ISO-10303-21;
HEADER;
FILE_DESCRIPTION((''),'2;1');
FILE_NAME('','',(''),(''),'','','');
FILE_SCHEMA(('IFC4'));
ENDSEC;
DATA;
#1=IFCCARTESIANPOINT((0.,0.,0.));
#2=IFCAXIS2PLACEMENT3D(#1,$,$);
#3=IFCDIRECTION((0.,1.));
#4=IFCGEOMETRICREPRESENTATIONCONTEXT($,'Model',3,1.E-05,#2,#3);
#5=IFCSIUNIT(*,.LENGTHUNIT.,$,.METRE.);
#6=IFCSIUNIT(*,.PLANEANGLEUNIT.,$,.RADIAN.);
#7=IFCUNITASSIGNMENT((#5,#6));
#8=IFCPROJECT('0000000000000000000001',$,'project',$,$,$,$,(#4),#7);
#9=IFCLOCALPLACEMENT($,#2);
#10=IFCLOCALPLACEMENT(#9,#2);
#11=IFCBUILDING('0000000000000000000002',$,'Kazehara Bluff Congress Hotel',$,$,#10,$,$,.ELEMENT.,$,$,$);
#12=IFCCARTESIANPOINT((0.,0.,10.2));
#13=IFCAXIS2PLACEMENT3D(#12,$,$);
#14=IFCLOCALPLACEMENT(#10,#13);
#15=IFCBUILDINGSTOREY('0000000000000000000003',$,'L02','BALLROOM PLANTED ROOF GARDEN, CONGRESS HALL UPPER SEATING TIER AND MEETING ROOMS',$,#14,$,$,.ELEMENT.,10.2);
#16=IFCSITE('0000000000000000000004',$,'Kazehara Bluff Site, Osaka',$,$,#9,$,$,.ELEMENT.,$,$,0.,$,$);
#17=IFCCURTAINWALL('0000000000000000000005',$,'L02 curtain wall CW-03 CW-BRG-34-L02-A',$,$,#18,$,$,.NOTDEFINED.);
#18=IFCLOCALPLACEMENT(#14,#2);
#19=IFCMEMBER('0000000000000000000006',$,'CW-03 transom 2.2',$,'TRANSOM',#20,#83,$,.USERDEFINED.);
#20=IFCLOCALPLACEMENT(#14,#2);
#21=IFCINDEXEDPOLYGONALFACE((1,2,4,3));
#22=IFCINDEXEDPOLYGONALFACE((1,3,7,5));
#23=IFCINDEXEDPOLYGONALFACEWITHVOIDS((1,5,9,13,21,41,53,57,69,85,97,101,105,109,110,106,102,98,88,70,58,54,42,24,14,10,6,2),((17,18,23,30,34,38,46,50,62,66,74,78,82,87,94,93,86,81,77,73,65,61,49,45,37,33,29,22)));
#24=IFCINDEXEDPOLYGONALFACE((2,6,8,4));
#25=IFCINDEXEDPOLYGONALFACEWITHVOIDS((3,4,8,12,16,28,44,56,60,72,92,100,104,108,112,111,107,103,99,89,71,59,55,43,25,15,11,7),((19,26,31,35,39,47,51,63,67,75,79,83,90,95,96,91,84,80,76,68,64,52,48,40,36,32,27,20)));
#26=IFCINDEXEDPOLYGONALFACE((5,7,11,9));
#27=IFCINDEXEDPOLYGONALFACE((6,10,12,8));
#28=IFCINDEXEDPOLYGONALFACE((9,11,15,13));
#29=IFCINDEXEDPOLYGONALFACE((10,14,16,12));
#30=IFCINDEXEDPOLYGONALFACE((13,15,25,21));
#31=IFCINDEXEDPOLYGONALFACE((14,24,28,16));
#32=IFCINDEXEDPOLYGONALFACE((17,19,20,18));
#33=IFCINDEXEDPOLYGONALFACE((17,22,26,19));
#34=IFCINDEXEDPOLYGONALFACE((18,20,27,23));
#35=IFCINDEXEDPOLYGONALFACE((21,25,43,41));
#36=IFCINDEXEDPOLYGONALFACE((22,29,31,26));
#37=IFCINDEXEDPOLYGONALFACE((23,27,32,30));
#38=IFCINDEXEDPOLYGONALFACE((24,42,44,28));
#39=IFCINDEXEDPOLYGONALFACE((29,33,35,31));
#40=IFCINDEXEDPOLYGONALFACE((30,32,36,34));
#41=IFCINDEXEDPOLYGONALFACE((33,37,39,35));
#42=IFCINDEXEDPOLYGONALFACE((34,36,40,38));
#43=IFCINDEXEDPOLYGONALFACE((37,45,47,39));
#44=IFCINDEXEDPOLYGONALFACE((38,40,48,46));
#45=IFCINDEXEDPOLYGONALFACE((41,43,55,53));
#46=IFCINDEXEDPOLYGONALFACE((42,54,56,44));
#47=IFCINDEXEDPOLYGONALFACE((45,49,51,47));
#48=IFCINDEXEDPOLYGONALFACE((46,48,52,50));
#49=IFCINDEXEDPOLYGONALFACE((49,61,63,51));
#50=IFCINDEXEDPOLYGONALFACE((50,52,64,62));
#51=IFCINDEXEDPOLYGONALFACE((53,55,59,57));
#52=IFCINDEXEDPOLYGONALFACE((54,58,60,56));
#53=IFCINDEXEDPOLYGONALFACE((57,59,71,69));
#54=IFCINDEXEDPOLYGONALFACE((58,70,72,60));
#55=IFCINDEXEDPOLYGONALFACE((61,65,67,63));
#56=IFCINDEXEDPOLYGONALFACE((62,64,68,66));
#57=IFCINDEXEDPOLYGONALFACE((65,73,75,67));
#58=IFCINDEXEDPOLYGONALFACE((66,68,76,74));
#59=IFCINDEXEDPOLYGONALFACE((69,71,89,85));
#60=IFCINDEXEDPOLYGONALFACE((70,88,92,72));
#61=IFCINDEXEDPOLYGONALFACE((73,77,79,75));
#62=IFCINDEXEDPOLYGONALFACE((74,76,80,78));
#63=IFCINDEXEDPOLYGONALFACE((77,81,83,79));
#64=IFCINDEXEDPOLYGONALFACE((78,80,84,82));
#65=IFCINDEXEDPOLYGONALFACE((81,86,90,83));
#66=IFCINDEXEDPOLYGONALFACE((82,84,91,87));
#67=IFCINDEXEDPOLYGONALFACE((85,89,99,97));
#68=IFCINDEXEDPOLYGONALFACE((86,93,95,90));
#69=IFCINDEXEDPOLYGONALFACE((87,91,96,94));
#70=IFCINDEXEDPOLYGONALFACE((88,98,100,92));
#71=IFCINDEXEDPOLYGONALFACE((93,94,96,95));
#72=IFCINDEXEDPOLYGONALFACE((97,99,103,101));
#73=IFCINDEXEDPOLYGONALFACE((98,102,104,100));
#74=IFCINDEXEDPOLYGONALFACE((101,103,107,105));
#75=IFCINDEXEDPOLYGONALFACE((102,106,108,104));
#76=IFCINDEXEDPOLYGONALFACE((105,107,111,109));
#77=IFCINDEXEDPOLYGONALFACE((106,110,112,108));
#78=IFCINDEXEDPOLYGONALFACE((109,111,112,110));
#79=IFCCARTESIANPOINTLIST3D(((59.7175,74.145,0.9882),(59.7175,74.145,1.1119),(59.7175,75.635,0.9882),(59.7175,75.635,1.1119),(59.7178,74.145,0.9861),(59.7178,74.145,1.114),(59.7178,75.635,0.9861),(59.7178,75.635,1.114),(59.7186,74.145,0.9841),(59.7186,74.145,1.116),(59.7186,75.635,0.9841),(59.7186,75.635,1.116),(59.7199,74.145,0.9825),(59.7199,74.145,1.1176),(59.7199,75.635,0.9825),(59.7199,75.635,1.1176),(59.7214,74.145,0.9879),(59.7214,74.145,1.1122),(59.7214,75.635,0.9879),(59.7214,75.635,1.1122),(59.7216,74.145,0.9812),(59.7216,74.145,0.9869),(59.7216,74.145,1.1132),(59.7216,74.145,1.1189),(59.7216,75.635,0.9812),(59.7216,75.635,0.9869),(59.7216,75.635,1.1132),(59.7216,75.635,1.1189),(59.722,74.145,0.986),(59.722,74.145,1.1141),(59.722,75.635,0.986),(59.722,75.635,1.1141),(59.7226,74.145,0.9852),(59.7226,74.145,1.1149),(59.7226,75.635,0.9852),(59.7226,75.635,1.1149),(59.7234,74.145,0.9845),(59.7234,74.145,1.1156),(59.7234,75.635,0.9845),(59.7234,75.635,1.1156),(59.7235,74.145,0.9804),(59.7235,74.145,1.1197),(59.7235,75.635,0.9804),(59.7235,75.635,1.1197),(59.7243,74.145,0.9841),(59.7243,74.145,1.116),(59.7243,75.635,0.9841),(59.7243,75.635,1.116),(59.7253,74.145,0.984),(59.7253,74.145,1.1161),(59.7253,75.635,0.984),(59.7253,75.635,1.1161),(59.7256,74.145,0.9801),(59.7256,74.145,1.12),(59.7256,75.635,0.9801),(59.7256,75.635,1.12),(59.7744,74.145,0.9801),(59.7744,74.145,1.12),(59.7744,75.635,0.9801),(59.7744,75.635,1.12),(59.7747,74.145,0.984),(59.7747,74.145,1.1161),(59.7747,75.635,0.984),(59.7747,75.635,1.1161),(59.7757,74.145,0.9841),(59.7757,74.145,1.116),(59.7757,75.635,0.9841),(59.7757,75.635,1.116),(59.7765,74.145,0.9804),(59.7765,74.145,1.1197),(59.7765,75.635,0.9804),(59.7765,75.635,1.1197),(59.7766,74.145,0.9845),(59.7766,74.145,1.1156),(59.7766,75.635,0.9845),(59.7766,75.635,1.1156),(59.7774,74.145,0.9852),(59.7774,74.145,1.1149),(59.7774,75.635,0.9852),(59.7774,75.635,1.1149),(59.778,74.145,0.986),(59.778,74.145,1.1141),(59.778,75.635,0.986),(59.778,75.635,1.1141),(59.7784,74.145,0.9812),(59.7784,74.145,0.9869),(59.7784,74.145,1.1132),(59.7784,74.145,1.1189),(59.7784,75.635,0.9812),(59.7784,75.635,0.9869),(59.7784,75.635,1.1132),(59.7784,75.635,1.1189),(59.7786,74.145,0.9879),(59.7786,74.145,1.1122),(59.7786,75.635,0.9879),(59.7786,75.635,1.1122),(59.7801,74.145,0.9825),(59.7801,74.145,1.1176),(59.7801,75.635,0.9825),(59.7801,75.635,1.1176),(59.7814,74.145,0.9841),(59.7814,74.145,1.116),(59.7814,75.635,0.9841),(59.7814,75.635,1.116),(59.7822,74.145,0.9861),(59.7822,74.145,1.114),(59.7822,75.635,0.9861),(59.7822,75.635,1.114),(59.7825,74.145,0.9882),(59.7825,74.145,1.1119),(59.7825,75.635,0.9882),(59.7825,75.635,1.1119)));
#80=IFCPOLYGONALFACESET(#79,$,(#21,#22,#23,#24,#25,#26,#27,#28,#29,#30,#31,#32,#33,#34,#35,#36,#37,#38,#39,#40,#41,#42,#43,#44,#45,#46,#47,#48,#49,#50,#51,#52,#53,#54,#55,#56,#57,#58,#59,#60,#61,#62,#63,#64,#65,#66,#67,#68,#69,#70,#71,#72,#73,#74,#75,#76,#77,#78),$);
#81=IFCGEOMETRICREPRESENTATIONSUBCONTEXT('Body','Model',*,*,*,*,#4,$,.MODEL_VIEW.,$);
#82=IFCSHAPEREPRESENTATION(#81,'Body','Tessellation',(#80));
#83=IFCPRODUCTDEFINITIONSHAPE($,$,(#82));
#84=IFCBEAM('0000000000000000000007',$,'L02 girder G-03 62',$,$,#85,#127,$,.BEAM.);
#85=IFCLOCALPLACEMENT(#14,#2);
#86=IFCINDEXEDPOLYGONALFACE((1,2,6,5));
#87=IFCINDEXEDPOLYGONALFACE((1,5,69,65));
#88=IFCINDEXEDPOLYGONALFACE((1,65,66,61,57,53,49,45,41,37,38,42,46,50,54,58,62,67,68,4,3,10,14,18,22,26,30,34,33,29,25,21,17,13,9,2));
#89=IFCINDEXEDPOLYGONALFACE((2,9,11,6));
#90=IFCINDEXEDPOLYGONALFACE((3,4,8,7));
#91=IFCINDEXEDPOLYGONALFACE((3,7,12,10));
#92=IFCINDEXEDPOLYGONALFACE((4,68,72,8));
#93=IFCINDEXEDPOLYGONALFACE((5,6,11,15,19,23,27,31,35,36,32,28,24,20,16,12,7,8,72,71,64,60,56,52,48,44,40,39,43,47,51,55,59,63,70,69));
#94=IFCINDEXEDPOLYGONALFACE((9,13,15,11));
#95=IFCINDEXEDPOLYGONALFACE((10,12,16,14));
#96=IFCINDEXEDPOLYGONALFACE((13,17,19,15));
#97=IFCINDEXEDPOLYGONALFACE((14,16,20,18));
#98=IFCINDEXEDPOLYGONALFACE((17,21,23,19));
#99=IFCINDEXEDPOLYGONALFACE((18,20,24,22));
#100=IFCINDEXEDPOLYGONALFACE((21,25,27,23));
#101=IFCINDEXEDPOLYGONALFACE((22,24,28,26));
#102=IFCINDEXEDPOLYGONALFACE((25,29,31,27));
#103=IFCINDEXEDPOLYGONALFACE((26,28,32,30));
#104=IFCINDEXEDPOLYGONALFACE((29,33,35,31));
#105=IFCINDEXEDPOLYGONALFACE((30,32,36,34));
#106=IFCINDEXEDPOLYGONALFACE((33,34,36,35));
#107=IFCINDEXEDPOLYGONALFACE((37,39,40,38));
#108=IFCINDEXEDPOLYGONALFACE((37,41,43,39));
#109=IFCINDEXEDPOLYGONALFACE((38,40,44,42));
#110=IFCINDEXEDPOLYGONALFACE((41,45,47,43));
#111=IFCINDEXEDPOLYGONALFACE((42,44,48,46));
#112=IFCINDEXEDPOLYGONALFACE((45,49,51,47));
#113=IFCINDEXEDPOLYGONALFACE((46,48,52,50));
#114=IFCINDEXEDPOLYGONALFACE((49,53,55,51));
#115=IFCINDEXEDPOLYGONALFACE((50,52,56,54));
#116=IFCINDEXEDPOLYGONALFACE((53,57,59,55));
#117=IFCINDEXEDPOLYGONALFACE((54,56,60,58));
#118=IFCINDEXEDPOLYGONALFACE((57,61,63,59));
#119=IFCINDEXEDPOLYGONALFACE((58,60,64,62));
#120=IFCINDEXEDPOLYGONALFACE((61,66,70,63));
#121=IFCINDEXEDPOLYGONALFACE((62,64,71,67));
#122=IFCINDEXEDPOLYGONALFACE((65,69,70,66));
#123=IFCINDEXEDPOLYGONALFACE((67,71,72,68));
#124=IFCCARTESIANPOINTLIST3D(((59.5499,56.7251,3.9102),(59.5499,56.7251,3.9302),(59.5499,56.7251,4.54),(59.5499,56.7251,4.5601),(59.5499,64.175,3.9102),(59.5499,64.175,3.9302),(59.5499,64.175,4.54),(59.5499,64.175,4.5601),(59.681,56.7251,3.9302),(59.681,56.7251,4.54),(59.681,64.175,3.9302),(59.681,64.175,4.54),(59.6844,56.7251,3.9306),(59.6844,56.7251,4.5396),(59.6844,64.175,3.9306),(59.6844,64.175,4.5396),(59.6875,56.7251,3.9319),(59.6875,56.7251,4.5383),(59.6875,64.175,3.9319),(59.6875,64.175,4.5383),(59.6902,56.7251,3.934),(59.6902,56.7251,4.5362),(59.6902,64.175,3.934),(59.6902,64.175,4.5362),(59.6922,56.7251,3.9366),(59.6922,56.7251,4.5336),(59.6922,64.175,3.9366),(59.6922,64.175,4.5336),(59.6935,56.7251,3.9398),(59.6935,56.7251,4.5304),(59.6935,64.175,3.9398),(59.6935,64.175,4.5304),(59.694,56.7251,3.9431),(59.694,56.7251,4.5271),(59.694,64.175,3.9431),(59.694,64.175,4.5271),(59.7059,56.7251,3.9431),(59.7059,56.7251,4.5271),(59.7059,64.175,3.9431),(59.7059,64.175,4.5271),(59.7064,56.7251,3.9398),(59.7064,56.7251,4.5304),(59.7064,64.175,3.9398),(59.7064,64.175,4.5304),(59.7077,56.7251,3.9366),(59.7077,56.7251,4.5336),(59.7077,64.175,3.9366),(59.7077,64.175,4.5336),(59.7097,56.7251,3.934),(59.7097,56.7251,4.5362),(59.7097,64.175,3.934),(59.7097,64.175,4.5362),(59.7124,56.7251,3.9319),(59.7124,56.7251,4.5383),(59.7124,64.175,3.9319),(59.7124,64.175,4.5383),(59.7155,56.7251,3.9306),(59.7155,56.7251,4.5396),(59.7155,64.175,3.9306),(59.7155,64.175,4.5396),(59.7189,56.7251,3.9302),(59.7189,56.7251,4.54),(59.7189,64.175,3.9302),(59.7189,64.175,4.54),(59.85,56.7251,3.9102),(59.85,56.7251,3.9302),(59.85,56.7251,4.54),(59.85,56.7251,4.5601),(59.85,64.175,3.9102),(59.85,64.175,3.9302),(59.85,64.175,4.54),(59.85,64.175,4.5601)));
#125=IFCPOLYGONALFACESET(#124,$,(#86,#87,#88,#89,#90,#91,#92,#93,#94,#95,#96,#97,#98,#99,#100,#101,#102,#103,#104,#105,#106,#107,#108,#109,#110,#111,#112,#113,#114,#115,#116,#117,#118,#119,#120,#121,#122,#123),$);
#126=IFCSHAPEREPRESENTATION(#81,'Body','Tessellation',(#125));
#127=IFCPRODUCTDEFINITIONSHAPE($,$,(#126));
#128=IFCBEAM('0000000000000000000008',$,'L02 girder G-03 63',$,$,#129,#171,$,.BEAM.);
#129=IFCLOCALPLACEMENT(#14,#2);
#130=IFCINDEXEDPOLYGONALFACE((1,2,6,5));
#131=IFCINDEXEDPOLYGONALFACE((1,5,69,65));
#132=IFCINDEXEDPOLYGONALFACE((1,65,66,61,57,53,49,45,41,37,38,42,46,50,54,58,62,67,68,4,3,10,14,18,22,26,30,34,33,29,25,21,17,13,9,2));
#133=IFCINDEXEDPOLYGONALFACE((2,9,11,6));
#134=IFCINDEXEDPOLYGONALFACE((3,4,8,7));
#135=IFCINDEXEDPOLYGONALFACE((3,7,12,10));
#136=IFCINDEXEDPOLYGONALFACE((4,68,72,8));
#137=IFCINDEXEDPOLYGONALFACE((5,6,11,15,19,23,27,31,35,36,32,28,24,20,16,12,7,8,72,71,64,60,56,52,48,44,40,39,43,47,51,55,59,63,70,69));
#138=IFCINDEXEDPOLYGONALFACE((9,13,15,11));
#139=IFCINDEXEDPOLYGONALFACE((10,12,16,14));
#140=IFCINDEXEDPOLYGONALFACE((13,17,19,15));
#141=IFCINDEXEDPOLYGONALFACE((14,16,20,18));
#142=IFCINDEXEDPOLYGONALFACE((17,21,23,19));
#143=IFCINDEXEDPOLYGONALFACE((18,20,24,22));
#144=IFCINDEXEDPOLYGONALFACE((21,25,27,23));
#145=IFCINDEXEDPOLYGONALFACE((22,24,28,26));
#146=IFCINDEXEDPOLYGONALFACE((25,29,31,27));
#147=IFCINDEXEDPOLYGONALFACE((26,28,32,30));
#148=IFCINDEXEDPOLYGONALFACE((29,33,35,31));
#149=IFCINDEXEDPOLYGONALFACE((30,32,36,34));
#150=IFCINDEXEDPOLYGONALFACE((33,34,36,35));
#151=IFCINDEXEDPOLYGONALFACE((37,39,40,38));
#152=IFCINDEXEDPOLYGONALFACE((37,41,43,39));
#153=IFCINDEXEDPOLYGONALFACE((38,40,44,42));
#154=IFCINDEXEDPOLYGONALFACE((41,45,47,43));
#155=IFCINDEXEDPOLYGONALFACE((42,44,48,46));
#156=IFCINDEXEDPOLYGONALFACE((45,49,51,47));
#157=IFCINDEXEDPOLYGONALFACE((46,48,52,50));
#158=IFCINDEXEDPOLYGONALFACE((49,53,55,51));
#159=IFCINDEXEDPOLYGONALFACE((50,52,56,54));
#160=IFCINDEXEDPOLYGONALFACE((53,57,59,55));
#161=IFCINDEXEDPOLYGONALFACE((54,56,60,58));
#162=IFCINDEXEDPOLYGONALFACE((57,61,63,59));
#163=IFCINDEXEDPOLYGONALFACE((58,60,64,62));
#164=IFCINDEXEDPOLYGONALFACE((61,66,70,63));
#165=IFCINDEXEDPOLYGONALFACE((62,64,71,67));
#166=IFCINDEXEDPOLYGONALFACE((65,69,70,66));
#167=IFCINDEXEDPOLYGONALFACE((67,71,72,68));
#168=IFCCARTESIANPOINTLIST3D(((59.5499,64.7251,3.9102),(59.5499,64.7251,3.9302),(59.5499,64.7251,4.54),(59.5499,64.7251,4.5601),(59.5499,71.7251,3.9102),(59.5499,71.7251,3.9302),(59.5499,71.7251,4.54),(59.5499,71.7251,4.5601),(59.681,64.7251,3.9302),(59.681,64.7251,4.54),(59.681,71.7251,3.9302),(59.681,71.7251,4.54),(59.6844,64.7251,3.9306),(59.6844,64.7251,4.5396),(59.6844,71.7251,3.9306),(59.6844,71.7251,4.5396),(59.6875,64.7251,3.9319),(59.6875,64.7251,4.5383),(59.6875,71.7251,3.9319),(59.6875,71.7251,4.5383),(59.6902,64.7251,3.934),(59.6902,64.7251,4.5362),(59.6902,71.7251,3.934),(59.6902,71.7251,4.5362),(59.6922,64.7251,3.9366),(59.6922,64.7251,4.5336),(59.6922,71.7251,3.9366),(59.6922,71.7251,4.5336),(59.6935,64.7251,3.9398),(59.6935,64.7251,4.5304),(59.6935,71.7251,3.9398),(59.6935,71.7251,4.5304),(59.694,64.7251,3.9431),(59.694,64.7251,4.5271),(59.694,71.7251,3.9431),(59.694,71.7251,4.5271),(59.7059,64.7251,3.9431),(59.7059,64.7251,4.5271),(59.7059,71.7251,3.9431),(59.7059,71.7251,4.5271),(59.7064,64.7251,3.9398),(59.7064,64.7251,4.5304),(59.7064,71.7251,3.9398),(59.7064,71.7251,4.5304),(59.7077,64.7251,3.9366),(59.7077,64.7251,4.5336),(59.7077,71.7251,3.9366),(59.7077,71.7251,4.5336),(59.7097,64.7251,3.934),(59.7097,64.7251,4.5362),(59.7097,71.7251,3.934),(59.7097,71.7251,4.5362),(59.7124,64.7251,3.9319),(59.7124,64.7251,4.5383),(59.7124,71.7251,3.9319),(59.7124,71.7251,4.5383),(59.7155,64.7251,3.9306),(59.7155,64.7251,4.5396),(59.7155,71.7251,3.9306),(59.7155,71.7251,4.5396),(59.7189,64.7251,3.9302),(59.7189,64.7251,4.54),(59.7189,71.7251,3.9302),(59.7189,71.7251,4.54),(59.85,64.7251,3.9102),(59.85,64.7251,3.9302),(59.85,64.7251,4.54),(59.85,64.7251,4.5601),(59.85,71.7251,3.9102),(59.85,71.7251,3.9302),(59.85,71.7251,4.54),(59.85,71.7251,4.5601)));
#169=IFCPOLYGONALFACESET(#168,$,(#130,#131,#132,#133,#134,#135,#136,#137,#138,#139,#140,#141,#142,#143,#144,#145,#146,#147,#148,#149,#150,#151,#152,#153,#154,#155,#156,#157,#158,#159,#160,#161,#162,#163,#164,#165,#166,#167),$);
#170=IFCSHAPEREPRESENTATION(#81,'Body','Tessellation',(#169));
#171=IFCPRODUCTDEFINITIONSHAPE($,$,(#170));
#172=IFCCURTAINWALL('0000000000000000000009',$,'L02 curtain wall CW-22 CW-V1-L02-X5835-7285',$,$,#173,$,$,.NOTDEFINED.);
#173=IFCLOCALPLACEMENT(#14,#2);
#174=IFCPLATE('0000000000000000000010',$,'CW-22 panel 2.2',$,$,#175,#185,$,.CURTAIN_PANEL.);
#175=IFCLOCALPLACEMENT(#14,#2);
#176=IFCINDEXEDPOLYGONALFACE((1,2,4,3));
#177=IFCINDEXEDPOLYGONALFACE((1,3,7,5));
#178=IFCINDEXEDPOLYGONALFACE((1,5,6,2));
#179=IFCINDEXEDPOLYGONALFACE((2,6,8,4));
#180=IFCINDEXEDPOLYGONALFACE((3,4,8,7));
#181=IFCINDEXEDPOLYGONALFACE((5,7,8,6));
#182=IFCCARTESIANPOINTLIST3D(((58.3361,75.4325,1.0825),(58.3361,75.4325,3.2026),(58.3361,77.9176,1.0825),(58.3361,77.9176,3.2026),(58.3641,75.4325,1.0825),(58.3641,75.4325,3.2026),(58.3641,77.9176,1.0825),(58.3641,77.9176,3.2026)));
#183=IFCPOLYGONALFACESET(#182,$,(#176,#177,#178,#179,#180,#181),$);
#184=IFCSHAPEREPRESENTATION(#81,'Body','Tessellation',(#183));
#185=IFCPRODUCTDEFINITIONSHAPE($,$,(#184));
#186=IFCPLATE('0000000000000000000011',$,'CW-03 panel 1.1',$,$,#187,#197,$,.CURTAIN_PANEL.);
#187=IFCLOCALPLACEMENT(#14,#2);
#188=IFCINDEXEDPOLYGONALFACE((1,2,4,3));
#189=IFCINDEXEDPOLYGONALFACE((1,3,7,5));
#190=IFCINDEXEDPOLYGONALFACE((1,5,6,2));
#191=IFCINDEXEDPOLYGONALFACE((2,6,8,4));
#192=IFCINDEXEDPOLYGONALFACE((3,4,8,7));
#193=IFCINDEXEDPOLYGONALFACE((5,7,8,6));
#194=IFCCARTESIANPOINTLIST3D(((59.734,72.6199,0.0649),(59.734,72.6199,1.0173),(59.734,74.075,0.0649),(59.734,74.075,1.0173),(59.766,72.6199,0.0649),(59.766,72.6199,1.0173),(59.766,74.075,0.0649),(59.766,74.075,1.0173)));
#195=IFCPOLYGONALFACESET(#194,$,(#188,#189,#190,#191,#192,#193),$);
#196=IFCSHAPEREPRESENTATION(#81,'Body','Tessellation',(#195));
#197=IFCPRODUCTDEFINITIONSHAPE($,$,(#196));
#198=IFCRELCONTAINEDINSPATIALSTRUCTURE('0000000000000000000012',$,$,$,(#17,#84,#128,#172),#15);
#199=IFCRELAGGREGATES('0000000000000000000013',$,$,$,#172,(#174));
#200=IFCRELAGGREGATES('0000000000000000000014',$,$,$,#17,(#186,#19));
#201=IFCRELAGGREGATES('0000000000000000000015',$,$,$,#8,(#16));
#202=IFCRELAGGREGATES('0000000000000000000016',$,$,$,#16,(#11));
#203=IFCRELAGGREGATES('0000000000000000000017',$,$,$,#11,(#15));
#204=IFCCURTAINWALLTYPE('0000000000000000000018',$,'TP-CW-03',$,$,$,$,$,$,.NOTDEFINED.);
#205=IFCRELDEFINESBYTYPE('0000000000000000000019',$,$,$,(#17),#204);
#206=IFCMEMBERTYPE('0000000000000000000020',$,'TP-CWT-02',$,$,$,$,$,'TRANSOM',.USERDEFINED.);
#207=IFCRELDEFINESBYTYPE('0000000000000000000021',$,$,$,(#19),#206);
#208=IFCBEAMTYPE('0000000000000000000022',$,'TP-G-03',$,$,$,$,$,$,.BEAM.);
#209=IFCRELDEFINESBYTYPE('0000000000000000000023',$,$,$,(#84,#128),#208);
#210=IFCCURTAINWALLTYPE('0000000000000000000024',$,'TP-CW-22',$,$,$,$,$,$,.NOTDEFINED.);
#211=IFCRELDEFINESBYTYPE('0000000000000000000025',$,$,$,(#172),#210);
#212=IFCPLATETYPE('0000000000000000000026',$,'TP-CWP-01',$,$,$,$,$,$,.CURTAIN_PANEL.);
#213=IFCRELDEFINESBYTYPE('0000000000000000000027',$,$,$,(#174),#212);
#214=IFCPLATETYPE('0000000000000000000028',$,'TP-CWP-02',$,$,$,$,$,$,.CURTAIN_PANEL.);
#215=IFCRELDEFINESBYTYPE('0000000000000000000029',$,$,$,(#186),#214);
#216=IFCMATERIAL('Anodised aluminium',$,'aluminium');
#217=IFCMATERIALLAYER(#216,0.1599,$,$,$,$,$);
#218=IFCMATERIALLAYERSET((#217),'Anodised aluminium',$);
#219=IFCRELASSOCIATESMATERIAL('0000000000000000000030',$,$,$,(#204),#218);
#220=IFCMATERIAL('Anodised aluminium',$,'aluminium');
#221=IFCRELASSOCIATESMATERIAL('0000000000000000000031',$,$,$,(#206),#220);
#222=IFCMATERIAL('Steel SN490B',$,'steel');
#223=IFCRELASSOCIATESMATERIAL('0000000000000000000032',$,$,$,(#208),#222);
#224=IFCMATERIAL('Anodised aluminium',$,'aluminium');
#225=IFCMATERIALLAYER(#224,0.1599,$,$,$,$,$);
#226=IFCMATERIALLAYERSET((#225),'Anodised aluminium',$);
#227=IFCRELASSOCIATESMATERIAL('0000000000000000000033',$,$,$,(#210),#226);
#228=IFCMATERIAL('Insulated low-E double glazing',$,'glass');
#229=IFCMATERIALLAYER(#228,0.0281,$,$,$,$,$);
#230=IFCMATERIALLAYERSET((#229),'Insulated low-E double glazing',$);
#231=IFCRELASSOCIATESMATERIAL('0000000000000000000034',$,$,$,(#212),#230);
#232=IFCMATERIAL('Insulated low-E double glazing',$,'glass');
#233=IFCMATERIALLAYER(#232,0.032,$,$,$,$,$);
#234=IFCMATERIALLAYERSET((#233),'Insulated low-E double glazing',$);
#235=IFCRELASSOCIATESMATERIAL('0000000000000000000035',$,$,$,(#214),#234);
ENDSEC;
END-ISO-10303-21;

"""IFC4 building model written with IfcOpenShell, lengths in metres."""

from ifc_helpers import new_model, si_unit, direction, frame, origin, origin_2d, place, context, subcontext, project, spatial, rectangle, hollow_rectangle, i_section, extrude, material, layer, layer_set, material_profile, profile_set, type_object, element, aggregate, save


model = new_model("IFC4")

# Units and contexts
model_context = context("Model", 3, precision=1e-05, world=origin(), true_north=direction((0.0, 1.0)))
body_context = subcontext(model_context, "Body", "Model", "MODEL_VIEW")
ifc_project = project(units=[si_unit("LENGTHUNIT", "METRE"), si_unit("PLANEANGLEUNIT", "RADIAN")], contexts=[model_context])

# Site, building, storey
site_placement = place(None, origin())
site = spatial("IfcSite", under=ifc_project, at=site_placement, Name="Kazehara Bluff Site, Osaka", CompositionType="ELEMENT", RefElevation=0.0)
building_placement = place(site_placement, origin())
building = spatial("IfcBuilding", under=site, at=building_placement, Name="Kazehara Bluff Congress Hotel", CompositionType="ELEMENT")
storey_placement = place(building_placement, frame((0.0, 0.0, 10.2)))
storey = spatial("IfcBuildingStorey", under=building, at=storey_placement, Name="L02", Description="BALLROOM PLANTED ROOF GARDEN, CONGRESS HALL UPPER SEATING TIER AND MEETING ROOMS", CompositionType="ELEMENT", Elevation=10.2)

# Curtain wall, member
ifc_material_1 = material(Name="Anodised aluminium", Category="aluminium")
ifc_layer_1 = layer(ifc_material_1, 0.1599)
ifc_layer_set_1 = layer_set([ifc_layer_1], Name="Anodised aluminium")
curtain_wall_type_1 = type_object("IfcCurtainWallType", Name="TP-CW-03", PredefinedType="NOTDEFINED", material=ifc_layer_set_1)
curtain_wall_1_placement = place(storey_placement, origin())
curtain_wall_1 = element("IfcCurtainWall", 1, at=curtain_wall_1_placement, inside=storey, type_object=curtain_wall_type_1, Name="L02 curtain wall CW-03 CW-BRG-34-L02-A", PredefinedType="NOTDEFINED")
ifc_material_2 = material(Name="Anodised aluminium", Category="aluminium")
ifc_material_profile_1 = material_profile(ifc_material_2, hollow_rectangle(XDim=0.0649, YDim=0.1399, WallThickness=0.0039, InnerFilletRadius=0.0039, OuterFilletRadius=0.0081, at=origin_2d()))
ifc_profile_set_1 = profile_set([ifc_material_profile_1], Name="Anodised aluminium")
member_type_1 = type_object("IfcMemberType", Name="TP-CWT-02", ElementType="TRANSOM", PredefinedType="USERDEFINED", material=ifc_profile_set_1)
member_1_placement = place(storey_placement, frame((59.75, 74.145, 1.05), z_axis=(0.0, 1.0, 0.0), x_axis=(-1.0, 0.0, 0.0)))
member_1 = element("IfcMember", 2, at=member_1_placement, type_object=member_type_1, Name="CW-03 transom 2.2", ObjectType="TRANSOM", PredefinedType="USERDEFINED", context=body_context, shape_type="SweptSolid", body=[
    extrude(hollow_rectangle(XDim=0.0649, YDim=0.1399, WallThickness=0.0039, InnerFilletRadius=0.0039, OuterFilletRadius=0.0081, at=origin_2d()), origin(), (0.0, 0.0, 1.0), 1.49),
])

# Beams
ifc_material_3 = material(Name="Steel SN490B", Category="steel")
ifc_material_profile_2 = material_profile(ifc_material_3, i_section(OverallWidth=0.3, OverallDepth=0.6499, WebThickness=0.012, FlangeThickness=0.02, FilletRadius=0.0129, at=origin_2d()))
ifc_profile_set_2 = profile_set([ifc_material_profile_2], Name="Steel SN490B")
beam_type = type_object("IfcBeamType", Name="TP-G-03", PredefinedType="BEAM", material=ifc_profile_set_2)
beam_1_placement = place(storey_placement, frame((59.7, 56.7251, 4.2351), z_axis=(0.0, 1.0, 0.0), x_axis=(-1.0, 0.0, 0.0)))
element("IfcBeam", 3, at=beam_1_placement, inside=storey, type_object=beam_type, Name="L02 girder G-03 62", PredefinedType="BEAM", context=body_context, shape_type="SweptSolid", body=[
    extrude(i_section(OverallWidth=0.3, OverallDepth=0.6499, WebThickness=0.012, FlangeThickness=0.02, FilletRadius=0.0129, at=origin_2d()), origin(), (0.0, 0.0, 1.0), 7.45),
])
beam_2_placement = place(storey_placement, frame((59.7, 64.7251, 4.2351), z_axis=(0.0, 1.0, 0.0), x_axis=(-1.0, 0.0, 0.0)))
element("IfcBeam", 4, at=beam_2_placement, inside=storey, type_object=beam_type, Name="L02 girder G-03 63", PredefinedType="BEAM", context=body_context, shape_type="SweptSolid", body=[
    extrude(i_section(OverallWidth=0.3, OverallDepth=0.6499, WebThickness=0.012, FlangeThickness=0.02, FilletRadius=0.0129, at=origin_2d()), origin(), (0.0, 0.0, 1.0), 7.0),
])

# Curtain wall, plate
ifc_material_4 = material(Name="Anodised aluminium", Category="aluminium")
ifc_layer_2 = layer(ifc_material_4, 0.1599)
ifc_layer_set_2 = layer_set([ifc_layer_2], Name="Anodised aluminium")
curtain_wall_type_2 = type_object("IfcCurtainWallType", Name="TP-CW-22", PredefinedType="NOTDEFINED", material=ifc_layer_set_2)
curtain_wall_2_placement = place(storey_placement, origin())
curtain_wall_2 = element("IfcCurtainWall", 5, at=curtain_wall_2_placement, inside=storey, type_object=curtain_wall_type_2, Name="L02 curtain wall CW-22 CW-V1-L02-X5835-7285", PredefinedType="NOTDEFINED")
ifc_material_5 = material(Name="Insulated low-E double glazing", Category="glass")
ifc_layer_3 = layer(ifc_material_5, 0.0281)
ifc_layer_set_3 = layer_set([ifc_layer_3], Name="Insulated low-E double glazing")
plate_type_1 = type_object("IfcPlateType", Name="TP-CWP-01", PredefinedType="CURTAIN_PANEL", material=ifc_layer_set_3)
plate_1_placement = place(storey_placement, frame((58.3501, 76.675, 1.0825), z_axis=(0.0, 0.0, 1.0), x_axis=(0.0, 1.0, 0.0)))
plate_1 = element("IfcPlate", 6, at=plate_1_placement, type_object=plate_type_1, Name="CW-22 panel 2.2", PredefinedType="CURTAIN_PANEL", context=body_context, shape_type="SweptSolid", body=[
    extrude(rectangle(XDim=2.4851, YDim=0.0281, at=origin_2d()), origin(), (0.0, 0.0, 1.0), 2.1201),
])
aggregate(curtain_wall_2, [plate_1])

# Plate
ifc_material_6 = material(Name="Insulated low-E double glazing", Category="glass")
ifc_layer_4 = layer(ifc_material_6, 0.032)
ifc_layer_set_4 = layer_set([ifc_layer_4], Name="Insulated low-E double glazing")
plate_type_2 = type_object("IfcPlateType", Name="TP-CWP-02", PredefinedType="CURTAIN_PANEL", material=ifc_layer_set_4)
plate_2_placement = place(storey_placement, frame((59.75, 73.3474, 0.0649), z_axis=(0.0, 0.0, 1.0), x_axis=(0.0, 1.0, 0.0)))
plate_2 = element("IfcPlate", 7, at=plate_2_placement, type_object=plate_type_2, Name="CW-03 panel 1.1", PredefinedType="CURTAIN_PANEL", context=body_context, shape_type="SweptSolid", body=[
    extrude(rectangle(XDim=1.4551, YDim=0.032, at=origin_2d()), origin(), (0.0, 0.0, 1.0), 0.9524),
])
aggregate(curtain_wall_1, [plate_2, member_1])

save(model, "model.ifc")
